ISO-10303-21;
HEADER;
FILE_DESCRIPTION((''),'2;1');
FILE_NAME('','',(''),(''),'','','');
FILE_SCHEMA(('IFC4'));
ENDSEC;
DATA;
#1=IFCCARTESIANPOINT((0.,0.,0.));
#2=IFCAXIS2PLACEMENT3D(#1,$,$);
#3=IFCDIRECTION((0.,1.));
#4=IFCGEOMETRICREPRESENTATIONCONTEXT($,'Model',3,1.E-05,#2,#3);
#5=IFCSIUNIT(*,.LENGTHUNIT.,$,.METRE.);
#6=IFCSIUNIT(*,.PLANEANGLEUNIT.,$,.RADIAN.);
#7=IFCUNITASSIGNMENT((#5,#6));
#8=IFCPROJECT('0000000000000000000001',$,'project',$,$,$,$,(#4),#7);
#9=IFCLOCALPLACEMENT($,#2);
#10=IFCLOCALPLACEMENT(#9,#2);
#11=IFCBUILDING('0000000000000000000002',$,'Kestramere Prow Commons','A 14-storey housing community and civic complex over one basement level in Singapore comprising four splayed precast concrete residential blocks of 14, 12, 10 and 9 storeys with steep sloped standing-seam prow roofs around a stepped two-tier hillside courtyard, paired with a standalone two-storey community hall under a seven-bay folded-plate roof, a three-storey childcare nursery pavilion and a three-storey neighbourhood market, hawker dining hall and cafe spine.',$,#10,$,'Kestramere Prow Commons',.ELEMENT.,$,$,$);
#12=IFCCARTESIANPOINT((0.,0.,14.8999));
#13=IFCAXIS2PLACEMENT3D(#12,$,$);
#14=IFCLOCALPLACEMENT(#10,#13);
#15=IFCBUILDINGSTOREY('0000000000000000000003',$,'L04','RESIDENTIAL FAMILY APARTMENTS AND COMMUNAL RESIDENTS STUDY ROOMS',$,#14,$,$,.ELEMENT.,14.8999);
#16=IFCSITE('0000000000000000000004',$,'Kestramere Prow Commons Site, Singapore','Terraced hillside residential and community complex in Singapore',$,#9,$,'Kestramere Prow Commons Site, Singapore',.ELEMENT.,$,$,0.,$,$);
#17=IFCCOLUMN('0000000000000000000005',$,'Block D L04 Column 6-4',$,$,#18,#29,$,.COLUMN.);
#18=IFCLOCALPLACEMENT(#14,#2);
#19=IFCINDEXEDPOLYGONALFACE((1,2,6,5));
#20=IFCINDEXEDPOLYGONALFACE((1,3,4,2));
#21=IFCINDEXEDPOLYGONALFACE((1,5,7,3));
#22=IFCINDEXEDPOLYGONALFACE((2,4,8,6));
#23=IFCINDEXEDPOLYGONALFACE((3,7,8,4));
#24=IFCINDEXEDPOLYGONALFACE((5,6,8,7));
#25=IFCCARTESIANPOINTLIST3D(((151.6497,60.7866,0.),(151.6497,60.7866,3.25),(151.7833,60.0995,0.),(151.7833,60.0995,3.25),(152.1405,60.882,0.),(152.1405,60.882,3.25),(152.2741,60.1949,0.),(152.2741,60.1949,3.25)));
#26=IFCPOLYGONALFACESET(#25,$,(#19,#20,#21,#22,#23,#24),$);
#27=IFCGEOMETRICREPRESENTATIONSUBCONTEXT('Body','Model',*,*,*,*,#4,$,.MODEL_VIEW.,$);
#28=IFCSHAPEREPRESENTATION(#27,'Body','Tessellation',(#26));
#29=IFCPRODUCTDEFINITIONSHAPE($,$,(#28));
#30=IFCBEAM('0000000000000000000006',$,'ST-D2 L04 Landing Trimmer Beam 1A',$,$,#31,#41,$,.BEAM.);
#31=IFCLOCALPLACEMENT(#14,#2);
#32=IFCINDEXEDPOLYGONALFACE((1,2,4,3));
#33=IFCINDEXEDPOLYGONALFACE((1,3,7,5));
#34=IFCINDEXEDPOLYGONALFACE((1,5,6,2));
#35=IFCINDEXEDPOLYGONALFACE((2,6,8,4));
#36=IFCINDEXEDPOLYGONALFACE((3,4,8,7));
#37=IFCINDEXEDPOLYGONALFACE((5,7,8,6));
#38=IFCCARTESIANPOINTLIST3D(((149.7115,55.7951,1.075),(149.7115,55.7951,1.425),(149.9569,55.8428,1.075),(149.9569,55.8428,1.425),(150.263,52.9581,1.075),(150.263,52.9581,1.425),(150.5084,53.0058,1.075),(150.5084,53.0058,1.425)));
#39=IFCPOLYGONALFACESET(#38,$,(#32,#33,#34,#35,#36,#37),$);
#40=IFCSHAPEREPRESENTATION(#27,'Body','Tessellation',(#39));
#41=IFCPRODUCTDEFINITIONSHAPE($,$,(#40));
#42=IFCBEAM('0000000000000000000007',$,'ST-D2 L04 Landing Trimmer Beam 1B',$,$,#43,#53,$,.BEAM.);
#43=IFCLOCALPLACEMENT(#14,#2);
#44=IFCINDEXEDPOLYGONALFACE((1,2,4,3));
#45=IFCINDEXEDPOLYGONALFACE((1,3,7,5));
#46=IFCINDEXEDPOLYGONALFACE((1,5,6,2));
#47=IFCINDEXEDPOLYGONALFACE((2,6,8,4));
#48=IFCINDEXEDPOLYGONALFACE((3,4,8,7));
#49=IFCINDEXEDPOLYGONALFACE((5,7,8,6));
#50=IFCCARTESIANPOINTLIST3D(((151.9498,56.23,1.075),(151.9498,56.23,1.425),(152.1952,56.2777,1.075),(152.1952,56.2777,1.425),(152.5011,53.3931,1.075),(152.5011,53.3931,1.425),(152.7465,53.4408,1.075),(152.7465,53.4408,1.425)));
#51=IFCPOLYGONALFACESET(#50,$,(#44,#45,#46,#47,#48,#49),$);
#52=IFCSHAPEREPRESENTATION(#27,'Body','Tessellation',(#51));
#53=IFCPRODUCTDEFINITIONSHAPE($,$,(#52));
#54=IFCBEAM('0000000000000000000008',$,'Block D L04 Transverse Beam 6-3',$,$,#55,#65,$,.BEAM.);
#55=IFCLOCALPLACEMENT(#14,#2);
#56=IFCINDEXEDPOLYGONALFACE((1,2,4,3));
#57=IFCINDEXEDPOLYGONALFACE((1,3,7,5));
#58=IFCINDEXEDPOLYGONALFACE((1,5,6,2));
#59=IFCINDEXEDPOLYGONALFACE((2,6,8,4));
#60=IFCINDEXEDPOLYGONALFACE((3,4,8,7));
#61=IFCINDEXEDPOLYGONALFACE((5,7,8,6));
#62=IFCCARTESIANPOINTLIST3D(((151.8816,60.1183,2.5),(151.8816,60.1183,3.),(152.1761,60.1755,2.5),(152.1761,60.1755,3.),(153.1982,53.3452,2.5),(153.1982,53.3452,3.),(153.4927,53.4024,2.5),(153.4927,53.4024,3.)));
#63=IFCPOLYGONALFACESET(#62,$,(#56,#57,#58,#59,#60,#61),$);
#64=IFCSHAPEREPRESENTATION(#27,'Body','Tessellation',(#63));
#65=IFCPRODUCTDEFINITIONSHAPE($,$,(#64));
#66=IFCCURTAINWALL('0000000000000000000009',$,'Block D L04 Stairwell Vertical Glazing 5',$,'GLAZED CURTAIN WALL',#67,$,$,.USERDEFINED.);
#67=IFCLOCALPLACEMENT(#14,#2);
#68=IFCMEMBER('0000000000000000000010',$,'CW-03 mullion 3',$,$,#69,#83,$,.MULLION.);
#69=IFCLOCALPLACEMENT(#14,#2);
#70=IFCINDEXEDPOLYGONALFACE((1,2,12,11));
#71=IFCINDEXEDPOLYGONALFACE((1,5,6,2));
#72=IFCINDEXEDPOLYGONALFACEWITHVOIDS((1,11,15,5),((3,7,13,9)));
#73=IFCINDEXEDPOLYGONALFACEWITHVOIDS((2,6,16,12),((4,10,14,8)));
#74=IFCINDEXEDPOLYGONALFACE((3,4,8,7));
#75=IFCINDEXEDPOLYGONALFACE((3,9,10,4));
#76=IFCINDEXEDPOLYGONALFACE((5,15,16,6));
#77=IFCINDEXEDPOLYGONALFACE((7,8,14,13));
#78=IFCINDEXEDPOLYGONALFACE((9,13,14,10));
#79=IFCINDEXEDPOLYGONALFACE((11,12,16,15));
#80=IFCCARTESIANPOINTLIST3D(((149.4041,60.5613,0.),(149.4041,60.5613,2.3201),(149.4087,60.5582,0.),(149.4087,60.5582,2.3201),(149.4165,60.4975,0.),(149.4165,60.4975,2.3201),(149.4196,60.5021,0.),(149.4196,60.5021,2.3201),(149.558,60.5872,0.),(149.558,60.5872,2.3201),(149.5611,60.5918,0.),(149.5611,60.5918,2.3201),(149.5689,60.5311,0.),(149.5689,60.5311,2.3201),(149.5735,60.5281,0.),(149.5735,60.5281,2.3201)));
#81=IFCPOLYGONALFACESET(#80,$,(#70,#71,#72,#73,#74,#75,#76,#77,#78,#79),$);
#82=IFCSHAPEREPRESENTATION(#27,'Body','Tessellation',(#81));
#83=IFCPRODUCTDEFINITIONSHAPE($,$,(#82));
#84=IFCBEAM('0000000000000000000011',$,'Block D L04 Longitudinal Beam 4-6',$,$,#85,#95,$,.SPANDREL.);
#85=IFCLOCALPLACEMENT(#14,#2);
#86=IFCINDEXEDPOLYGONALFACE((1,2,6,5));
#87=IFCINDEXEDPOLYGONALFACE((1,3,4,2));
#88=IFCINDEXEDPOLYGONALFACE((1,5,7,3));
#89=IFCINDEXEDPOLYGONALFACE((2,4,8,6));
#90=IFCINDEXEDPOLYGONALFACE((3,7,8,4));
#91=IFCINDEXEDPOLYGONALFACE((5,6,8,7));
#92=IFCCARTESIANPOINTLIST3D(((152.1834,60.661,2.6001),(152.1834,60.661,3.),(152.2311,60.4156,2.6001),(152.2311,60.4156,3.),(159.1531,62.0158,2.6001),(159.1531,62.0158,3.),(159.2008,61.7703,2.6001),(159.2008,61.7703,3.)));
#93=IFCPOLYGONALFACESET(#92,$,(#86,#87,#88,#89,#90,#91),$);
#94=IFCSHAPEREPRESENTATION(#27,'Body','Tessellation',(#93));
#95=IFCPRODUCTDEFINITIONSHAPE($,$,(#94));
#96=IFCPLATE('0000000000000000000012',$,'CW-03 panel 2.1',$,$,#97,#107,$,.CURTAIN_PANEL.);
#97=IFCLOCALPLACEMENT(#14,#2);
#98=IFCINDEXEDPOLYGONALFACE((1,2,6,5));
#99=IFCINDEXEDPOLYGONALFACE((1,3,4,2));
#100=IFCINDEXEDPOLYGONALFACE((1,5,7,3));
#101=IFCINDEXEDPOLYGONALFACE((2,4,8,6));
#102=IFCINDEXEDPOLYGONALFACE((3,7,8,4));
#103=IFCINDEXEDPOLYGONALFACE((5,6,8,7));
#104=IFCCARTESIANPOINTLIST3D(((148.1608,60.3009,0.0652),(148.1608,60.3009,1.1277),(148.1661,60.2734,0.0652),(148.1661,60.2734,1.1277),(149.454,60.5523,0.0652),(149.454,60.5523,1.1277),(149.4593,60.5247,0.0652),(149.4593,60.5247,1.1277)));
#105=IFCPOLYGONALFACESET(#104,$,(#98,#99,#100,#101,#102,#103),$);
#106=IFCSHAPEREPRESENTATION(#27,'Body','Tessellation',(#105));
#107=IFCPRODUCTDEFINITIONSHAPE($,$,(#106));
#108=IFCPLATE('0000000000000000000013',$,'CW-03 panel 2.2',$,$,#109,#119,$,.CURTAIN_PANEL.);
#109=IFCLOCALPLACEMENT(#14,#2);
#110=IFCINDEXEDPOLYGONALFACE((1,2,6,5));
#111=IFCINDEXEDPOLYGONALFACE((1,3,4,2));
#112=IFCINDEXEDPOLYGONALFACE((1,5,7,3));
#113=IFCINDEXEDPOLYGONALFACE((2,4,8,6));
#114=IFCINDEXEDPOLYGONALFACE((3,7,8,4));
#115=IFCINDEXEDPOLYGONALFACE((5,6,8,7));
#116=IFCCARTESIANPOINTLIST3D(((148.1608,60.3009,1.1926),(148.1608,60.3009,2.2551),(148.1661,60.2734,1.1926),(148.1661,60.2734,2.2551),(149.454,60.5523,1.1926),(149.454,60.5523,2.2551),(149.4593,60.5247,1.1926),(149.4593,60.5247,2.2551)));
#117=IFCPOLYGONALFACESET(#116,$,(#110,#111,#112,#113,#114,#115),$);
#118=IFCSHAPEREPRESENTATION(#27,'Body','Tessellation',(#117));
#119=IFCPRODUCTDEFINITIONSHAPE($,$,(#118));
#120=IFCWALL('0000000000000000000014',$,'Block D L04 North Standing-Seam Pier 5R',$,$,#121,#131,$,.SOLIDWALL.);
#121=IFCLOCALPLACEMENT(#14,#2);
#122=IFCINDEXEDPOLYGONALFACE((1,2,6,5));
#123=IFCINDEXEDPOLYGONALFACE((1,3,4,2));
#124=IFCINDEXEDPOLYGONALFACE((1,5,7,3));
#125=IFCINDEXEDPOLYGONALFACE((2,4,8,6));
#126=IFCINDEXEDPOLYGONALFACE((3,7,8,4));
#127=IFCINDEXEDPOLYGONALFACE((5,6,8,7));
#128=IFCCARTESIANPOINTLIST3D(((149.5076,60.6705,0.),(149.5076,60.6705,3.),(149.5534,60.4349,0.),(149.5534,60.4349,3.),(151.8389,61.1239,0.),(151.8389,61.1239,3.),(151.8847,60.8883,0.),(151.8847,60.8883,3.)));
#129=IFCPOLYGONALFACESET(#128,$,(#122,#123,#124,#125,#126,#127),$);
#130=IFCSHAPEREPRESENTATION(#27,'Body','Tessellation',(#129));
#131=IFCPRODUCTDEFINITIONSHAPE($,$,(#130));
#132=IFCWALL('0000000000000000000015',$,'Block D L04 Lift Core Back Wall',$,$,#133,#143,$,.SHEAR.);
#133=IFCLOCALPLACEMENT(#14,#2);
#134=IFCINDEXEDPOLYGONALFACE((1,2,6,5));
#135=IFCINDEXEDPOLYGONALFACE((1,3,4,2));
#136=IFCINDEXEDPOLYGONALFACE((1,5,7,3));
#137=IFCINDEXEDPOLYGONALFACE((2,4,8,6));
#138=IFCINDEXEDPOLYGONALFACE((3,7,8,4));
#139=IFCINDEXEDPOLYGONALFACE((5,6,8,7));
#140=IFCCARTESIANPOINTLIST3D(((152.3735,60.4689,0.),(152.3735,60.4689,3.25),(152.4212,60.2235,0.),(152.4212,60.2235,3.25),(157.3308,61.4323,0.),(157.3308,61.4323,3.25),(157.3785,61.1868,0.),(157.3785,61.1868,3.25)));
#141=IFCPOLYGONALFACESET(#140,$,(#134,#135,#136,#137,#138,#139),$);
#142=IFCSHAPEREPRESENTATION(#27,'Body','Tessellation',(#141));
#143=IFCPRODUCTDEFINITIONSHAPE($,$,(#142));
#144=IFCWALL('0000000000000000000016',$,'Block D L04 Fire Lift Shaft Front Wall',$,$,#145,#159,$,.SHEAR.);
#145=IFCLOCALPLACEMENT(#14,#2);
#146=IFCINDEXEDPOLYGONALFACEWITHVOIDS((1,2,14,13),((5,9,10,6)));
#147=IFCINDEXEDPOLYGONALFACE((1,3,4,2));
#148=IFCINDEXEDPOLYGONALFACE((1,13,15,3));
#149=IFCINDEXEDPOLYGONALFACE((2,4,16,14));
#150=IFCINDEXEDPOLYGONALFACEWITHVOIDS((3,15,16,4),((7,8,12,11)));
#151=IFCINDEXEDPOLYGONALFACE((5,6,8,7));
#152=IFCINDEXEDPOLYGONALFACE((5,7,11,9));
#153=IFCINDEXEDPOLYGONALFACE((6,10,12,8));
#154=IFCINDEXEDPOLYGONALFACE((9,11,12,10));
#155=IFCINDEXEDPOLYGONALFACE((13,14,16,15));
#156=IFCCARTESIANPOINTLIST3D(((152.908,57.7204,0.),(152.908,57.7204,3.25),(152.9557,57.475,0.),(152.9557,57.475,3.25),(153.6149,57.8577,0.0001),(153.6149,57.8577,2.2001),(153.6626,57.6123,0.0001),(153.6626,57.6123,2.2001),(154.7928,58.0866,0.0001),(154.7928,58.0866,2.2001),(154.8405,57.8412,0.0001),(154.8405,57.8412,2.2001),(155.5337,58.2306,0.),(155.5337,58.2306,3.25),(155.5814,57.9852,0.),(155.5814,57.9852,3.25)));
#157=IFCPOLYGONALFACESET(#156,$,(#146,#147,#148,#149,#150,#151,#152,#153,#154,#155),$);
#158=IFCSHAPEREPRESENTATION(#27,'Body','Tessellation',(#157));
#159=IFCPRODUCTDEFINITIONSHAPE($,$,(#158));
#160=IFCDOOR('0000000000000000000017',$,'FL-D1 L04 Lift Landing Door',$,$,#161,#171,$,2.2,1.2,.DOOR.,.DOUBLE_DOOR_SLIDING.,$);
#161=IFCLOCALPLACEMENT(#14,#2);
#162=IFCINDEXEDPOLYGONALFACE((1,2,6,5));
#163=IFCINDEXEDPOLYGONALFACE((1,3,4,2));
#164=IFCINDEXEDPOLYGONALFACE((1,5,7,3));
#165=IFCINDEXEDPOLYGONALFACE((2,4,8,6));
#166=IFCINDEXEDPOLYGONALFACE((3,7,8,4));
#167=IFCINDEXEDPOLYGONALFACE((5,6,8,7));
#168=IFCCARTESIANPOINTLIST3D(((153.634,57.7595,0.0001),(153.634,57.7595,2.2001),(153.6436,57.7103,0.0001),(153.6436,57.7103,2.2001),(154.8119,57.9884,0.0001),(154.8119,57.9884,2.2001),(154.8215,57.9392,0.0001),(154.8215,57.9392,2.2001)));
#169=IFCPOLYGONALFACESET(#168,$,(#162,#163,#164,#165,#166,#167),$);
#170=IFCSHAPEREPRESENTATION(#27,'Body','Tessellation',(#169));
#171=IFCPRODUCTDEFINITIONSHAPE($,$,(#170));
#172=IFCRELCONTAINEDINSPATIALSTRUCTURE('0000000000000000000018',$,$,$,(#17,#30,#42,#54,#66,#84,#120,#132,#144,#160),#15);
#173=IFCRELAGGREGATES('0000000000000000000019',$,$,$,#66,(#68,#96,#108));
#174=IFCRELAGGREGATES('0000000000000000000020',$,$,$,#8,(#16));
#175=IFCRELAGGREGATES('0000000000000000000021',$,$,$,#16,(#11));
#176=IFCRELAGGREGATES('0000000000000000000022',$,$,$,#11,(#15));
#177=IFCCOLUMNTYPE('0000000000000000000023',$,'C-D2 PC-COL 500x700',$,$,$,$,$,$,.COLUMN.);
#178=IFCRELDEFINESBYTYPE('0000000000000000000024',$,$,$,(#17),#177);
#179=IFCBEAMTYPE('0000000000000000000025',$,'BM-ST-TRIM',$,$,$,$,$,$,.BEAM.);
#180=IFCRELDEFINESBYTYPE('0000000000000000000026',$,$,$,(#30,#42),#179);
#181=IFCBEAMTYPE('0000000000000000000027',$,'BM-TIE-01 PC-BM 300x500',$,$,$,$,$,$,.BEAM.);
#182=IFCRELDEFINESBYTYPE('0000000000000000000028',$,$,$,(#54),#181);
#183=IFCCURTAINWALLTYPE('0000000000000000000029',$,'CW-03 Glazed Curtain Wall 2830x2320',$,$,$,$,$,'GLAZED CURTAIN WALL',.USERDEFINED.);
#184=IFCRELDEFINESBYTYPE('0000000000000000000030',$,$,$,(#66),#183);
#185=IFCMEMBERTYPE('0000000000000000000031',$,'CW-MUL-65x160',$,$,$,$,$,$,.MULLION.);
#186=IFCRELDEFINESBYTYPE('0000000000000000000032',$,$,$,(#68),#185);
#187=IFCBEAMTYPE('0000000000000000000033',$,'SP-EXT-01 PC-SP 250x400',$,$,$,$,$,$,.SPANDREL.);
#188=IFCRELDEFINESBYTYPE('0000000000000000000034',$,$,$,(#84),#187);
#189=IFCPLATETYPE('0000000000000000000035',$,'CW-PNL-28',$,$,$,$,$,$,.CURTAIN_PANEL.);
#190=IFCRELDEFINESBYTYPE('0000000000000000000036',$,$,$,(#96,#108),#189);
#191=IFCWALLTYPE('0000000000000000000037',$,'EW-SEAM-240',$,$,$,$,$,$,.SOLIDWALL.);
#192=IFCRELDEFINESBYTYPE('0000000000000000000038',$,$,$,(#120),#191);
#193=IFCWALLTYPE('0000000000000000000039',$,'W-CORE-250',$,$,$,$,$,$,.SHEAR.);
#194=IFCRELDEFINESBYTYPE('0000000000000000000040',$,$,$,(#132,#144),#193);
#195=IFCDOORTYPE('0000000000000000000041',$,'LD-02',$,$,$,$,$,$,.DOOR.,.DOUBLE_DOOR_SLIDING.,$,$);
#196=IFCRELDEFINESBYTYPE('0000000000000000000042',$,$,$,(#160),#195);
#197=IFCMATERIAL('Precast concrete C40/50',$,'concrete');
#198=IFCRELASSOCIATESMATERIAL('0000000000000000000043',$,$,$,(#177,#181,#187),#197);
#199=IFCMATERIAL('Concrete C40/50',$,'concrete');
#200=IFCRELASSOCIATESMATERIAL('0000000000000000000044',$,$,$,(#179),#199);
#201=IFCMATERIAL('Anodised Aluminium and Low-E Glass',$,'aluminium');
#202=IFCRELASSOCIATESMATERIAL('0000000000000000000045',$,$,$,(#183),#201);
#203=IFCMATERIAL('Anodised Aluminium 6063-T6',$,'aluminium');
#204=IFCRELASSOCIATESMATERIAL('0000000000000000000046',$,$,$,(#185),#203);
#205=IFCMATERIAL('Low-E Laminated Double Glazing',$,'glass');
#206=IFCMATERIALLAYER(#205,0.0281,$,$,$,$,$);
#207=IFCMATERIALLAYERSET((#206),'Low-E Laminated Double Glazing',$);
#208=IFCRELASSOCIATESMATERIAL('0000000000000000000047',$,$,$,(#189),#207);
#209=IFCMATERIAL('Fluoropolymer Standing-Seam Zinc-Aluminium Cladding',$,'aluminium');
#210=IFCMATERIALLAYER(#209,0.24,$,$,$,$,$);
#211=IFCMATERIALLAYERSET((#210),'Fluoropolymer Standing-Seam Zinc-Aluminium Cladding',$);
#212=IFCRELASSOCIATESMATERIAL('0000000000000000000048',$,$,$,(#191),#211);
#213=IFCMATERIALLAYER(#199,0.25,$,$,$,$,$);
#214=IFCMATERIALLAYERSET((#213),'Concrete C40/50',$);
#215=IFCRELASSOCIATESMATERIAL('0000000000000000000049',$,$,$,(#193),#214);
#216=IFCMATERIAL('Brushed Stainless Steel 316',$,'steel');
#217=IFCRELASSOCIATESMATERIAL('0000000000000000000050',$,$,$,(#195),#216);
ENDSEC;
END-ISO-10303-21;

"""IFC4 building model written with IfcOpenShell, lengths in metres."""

from ifc_helpers import new_model, si_unit, direction, frame, frame_2d, origin, origin_2d, place, context, subcontext, project, spatial, rectangle, hollow_rectangle, extrude, material, layer, layer_set, material_profile, profile_set, type_object, element, fill, aggregate, save


model = new_model("IFC4")

# Units and contexts
model_context = context("Model", 3, precision=1e-05, world=origin(), true_north=direction((0.0, 1.0)))
body_context = subcontext(model_context, "Body", "Model", "MODEL_VIEW")
ifc_project = project(units=[si_unit("LENGTHUNIT", "METRE"), si_unit("PLANEANGLEUNIT", "RADIAN")], contexts=[model_context])

# Site, building, storey
site_placement = place(None, origin())
site = spatial("IfcSite", under=ifc_project, at=site_placement, Name="Kestramere Prow Commons Site, Singapore", Description="Terraced hillside residential and community complex in Singapore", LongName="Kestramere Prow Commons Site, Singapore", CompositionType="ELEMENT", RefElevation=0.0)
building_placement = place(site_placement, origin())
building = spatial("IfcBuilding", under=site, at=building_placement, Name="Kestramere Prow Commons", Description="A 14-storey housing community and civic complex over one basement level in Singapore comprising four splayed precast concrete residential blocks of 14, 12, 10 and 9 storeys with steep sloped standing-seam prow roofs around a stepped two-tier hillside courtyard, paired with a standalone two-storey community hall under a seven-bay folded-plate roof, a three-storey childcare nursery pavilion and a three-storey neighbourhood market, hawker dining hall and cafe spine.", LongName="Kestramere Prow Commons", CompositionType="ELEMENT")
storey_placement = place(building_placement, frame((0.0, 0.0, 14.8999)))
storey = spatial("IfcBuildingStorey", under=building, at=storey_placement, Name="L04", Description="RESIDENTIAL FAMILY APARTMENTS AND COMMUNAL RESIDENTS STUDY ROOMS", CompositionType="ELEMENT", Elevation=14.8999)

# Column
ifc_material_1 = material(Name="Precast concrete C40/50", Category="concrete")
ifc_material_profile_1 = material_profile(ifc_material_1, rectangle(XDim=0.5, YDim=0.7, at=origin_2d()), Name="PC-COL 500x700")
ifc_profile_set_1 = profile_set([ifc_material_profile_1], Name="Precast concrete C40/50")
column_type = type_object("IfcColumnType", Name="C-D2 PC-COL 500x700", PredefinedType="COLUMN", material=ifc_profile_set_1)
column_placement = place(storey_placement, frame((151.9619, 60.4907, 0.0), z_axis=(0.0, 0.0, 1.0), x_axis=(0.981627, 0.190809, 0.0)))
element("IfcColumn", 1, at=column_placement, inside=storey, type_object=column_type, Name="Block D L04 Column 6-4", PredefinedType="COLUMN", context=body_context, shape_type="SweptSolid", body=[
    extrude(rectangle(XDim=0.5, YDim=0.7, at=origin_2d()), origin(), (0.0, 0.0, 1.0), 3.25),
])

# Beams
ifc_material_2 = material(Name="Concrete C40/50", Category="concrete")
ifc_material_profile_2 = material_profile(ifc_material_2, rectangle(XDim=0.25, YDim=0.3501, at=origin_2d()), Name="PC-BM 250x350")
ifc_profile_set_2 = profile_set([ifc_material_profile_2], Name="Concrete C40/50")
beam_type_1 = type_object("IfcBeamType", Name="BM-ST-TRIM", PredefinedType="BEAM", material=ifc_profile_set_2)
beam_1_placement = place(storey_placement, frame((150.3857, 52.9819, 1.25), z_axis=(-0.190833, 0.981622, 0.0), x_axis=(-0.981622, -0.190833, 0.0)))
element("IfcBeam", 2, at=beam_1_placement, inside=storey, type_object=beam_type_1, Name="ST-D2 L04 Landing Trimmer Beam 1A", PredefinedType="BEAM", context=body_context, shape_type="SweptSolid", body=[
    extrude(rectangle(XDim=0.25, YDim=0.3501, at=origin_2d()), origin(), (0.0, 0.0, 1.0), 2.8901),
])
beam_2_placement = place(storey_placement, frame((152.6238, 53.417, 1.25), z_axis=(-0.190752, 0.981638, 0.0), x_axis=(-0.981638, -0.190752, 0.0)))
element("IfcBeam", 3, at=beam_2_placement, inside=storey, type_object=beam_type_1, Name="ST-D2 L04 Landing Trimmer Beam 1B", PredefinedType="BEAM", context=body_context, shape_type="SweptSolid", body=[
    extrude(rectangle(XDim=0.25, YDim=0.3501, at=origin_2d()), origin(), (0.0, 0.0, 1.0), 2.8899),
])
ifc_material_profile_3 = material_profile(ifc_material_1, rectangle(XDim=0.3, YDim=0.5, at=origin_2d()), Name="PC-BM 300x500")
ifc_profile_set_3 = profile_set([ifc_material_profile_3], Name="Precast concrete C40/50")
beam_type_2 = type_object("IfcBeamType", Name="BM-TIE-01 PC-BM 300x500", PredefinedType="BEAM", material=ifc_profile_set_3)
beam_3_placement = place(storey_placement, frame((153.3455, 53.3738, 2.75), z_axis=(-0.190819, 0.981625, 0.0), x_axis=(-0.981625, -0.190819, 0.0)))
element("IfcBeam", 4, at=beam_3_placement, inside=storey, type_object=beam_type_2, Name="Block D L04 Transverse Beam 6-3", PredefinedType="BEAM", context=body_context, shape_type="SweptSolid", body=[
    extrude(rectangle(XDim=0.3, YDim=0.5, at=origin_2d()), origin(), (0.0, 0.0, 1.0), 6.8999),
])

# Curtain wall, member
ifc_material_3 = material(Name="Anodised Aluminium and Low-E Glass", Category="aluminium")
curtain_wall_type = type_object("IfcCurtainWallType", Name="CW-03 Glazed Curtain Wall 2830x2320", ElementType="GLAZED CURTAIN WALL", PredefinedType="USERDEFINED", material=ifc_material_3)
curtain_wall_placement = place(storey_placement, origin())
curtain_wall = element("IfcCurtainWall", 5, at=curtain_wall_placement, inside=storey, type_object=curtain_wall_type, Name="Block D L04 Stairwell Vertical Glazing 5", ObjectType="GLAZED CURTAIN WALL", PredefinedType="USERDEFINED")
ifc_material_4 = material(Name="Anodised Aluminium 6063-T6", Category="aluminium")
ifc_material_profile_4 = material_profile(ifc_material_4, hollow_rectangle(XDim=0.0649, YDim=0.1599, WallThickness=0.0039, at=origin_2d()), Name="ALU-MUL 65x160")
ifc_profile_set_4 = profile_set([ifc_material_profile_4], Name="Anodised Aluminium 6063-T6")
member_type = type_object("IfcMemberType", Name="CW-MUL-65x160", PredefinedType="MULLION", material=ifc_profile_set_4)
member_placement = place(storey_placement, frame((149.4888, 60.5447, 0.0), z_axis=(0.0, 0.0, 1.0), x_axis=(-0.190809, 0.981627, 0.0)))
member = element("IfcMember", 6, at=member_placement, type_object=member_type, Name="CW-03 mullion 3", PredefinedType="MULLION", context=body_context, shape_type="SweptSolid", body=[
    extrude(hollow_rectangle(XDim=0.0649, YDim=0.1599, WallThickness=0.0039, at=origin_2d()), origin(), (0.0, 0.0, 1.0), 2.3201),
])

# Beam
ifc_material_profile_5 = material_profile(ifc_material_1, rectangle(XDim=0.25, YDim=0.3999, at=origin_2d()), Name="PC-SP 250x400")
ifc_profile_set_5 = profile_set([ifc_material_profile_5], Name="Precast concrete C40/50")
beam_type_3 = type_object("IfcBeamType", Name="SP-EXT-01 PC-SP 250x400", PredefinedType="SPANDREL", material=ifc_profile_set_5)
beam_4_placement = place(storey_placement, frame((152.2073, 60.5383, 2.8), z_axis=(0.981628, 0.190803, 0.0), x_axis=(-0.190803, 0.981628, 0.0)))
element("IfcBeam", 7, at=beam_4_placement, inside=storey, type_object=beam_type_3, Name="Block D L04 Longitudinal Beam 4-6", PredefinedType="SPANDREL", context=body_context, shape_type="SweptSolid", body=[
    extrude(rectangle(XDim=0.25, YDim=0.3999, at=origin_2d()), origin(), (0.0, 0.0, 1.0), 7.1001),
])

# Plates
ifc_material_5 = material(Name="Low-E Laminated Double Glazing", Category="glass")
ifc_layer_1 = layer(ifc_material_5, 0.0281)
ifc_layer_set_1 = layer_set([ifc_layer_1], Name="Low-E Laminated Double Glazing")
plate_type = type_object("IfcPlateType", Name="CW-PNL-28", PredefinedType="CURTAIN_PANEL", material=ifc_layer_set_1)
plate_1_placement = place(storey_placement, frame((148.8101, 60.4128, 0.0652), z_axis=(0.0, 0.0, 1.0), x_axis=(0.981627, 0.190809, 0.0)))
plate_1 = element("IfcPlate", 8, at=plate_1_placement, type_object=plate_type, Name="CW-03 panel 2.1", PredefinedType="CURTAIN_PANEL", context=body_context, shape_type="SweptSolid", body=[
    extrude(rectangle(XDim=1.3174, YDim=0.0281, at=origin_2d()), origin(), (0.0, 0.0, 1.0), 1.0625),
])
plate_2_placement = place(storey_placement, frame((148.8101, 60.4128, 1.1926), z_axis=(0.0, 0.0, 1.0), x_axis=(0.981627, 0.190809, 0.0)))
plate_2 = element("IfcPlate", 9, at=plate_2_placement, type_object=plate_type, Name="CW-03 panel 2.2", PredefinedType="CURTAIN_PANEL", context=body_context, shape_type="SweptSolid", body=[
    extrude(rectangle(XDim=1.3174, YDim=0.0281, at=origin_2d()), origin(), (0.0, 0.0, 1.0), 1.0625),
])
aggregate(curtain_wall, [member, plate_1, plate_2])

# Walls
ifc_material_6 = material(Name="Fluoropolymer Standing-Seam Zinc-Aluminium Cladding", Category="aluminium")
ifc_layer_2 = layer(ifc_material_6, 0.24)
ifc_layer_set_2 = layer_set([ifc_layer_2], Name="Fluoropolymer Standing-Seam Zinc-Aluminium Cladding")
wall_type_1 = type_object("IfcWallType", Name="EW-SEAM-240", PredefinedType="SOLIDWALL", material=ifc_layer_set_2)
wall_1_placement = place(storey_placement, frame((149.5305, 60.5527, 0.0), z_axis=(0.0, 0.0, 1.0), x_axis=(0.981611, 0.190894, 0.0)))
element("IfcWall", 10, at=wall_1_placement, inside=storey, type_object=wall_type_1, Name="Block D L04 North Standing-Seam Pier 5R", PredefinedType="SOLIDWALL", context=body_context, shape_type="SweptSolid", body=[
    extrude(rectangle(XDim=2.375, YDim=0.24, at=frame_2d((1.1875, 0.0))), origin(), (0.0, 0.0, 1.0), 3.0),
])
ifc_layer_3 = layer(ifc_material_2, 0.25)
ifc_layer_set_3 = layer_set([ifc_layer_3], Name="Concrete C40/50")
wall_type_2 = type_object("IfcWallType", Name="W-CORE-250", PredefinedType="SHEAR", material=ifc_layer_set_3)
wall_2_placement = place(storey_placement, frame((152.3975, 60.3462, 0.0), z_axis=(0.0, 0.0, 1.0), x_axis=(0.981635, 0.190767, 0.0)))
element("IfcWall", 11, at=wall_2_placement, inside=storey, type_object=wall_type_2, Name="Block D L04 Lift Core Back Wall", PredefinedType="SHEAR", context=body_context, shape_type="SweptSolid", body=[
    extrude(rectangle(XDim=5.05, YDim=0.25, at=frame_2d((2.5249, 0.0))), origin(), (0.0, 0.0, 1.0), 3.25),
])

# Wall, opening, door
wall_3_placement = place(storey_placement, frame((152.9319, 57.5977, 0.0), z_axis=(0.0, 0.0, 1.0), x_axis=(0.981637, 0.19076, 0.0)))
wall_3 = element("IfcWall", 12, at=wall_3_placement, inside=storey, type_object=wall_type_2, Name="Block D L04 Fire Lift Shaft Front Wall", PredefinedType="SHEAR", context=body_context, shape_type="SweptSolid", body=[
    extrude(rectangle(XDim=2.6748, YDim=0.25, at=frame_2d((1.3374, 0.0))), origin(), (0.0, 0.0, 1.0), 3.25),
])
opening_placement = place(wall_3_placement, frame((0.72, 0.0, 0.0)))
opening = element("IfcOpeningElement", 13, at=opening_placement, cuts=wall_3, PredefinedType="OPENING", context=body_context, shape_type="SweptSolid", body=[
    extrude(rectangle(XDim=1.2, YDim=2.2, at=frame_2d((0.6001, 1.1001))), frame((0.0, 0.1399, 0.0), z_axis=(0.0, -1.0, 0.0), x_axis=(1.0, 0.0, 0.0)), (0.0, 0.0, 1.0), 0.28),
])
ifc_material_7 = material(Name="Brushed Stainless Steel 316", Category="steel")
door_type = type_object("IfcDoorType", Name="LD-02", OperationType="DOUBLE_DOOR_SLIDING", PredefinedType="DOOR", material=ifc_material_7)
door_placement = place(opening_placement, origin())
door = element("IfcDoor", 14, at=door_placement, inside=storey, type_object=door_type, Name="FL-D1 L04 Lift Landing Door", OperationType="DOUBLE_DOOR_SLIDING", OverallHeight=2.2, OverallWidth=1.2, PredefinedType="DOOR", context=body_context, shape_type="SweptSolid", body=[
    extrude(rectangle(XDim=1.2, YDim=2.2, at=frame_2d((0.6001, 1.1001))), frame((0.0, 0.0249, 0.0), z_axis=(0.0, -1.0, 0.0), x_axis=(1.0, 0.0, 0.0)), (0.0, 0.0, 1.0), 0.05),
])
fill(opening, door)

save(model, "model.ifc")
